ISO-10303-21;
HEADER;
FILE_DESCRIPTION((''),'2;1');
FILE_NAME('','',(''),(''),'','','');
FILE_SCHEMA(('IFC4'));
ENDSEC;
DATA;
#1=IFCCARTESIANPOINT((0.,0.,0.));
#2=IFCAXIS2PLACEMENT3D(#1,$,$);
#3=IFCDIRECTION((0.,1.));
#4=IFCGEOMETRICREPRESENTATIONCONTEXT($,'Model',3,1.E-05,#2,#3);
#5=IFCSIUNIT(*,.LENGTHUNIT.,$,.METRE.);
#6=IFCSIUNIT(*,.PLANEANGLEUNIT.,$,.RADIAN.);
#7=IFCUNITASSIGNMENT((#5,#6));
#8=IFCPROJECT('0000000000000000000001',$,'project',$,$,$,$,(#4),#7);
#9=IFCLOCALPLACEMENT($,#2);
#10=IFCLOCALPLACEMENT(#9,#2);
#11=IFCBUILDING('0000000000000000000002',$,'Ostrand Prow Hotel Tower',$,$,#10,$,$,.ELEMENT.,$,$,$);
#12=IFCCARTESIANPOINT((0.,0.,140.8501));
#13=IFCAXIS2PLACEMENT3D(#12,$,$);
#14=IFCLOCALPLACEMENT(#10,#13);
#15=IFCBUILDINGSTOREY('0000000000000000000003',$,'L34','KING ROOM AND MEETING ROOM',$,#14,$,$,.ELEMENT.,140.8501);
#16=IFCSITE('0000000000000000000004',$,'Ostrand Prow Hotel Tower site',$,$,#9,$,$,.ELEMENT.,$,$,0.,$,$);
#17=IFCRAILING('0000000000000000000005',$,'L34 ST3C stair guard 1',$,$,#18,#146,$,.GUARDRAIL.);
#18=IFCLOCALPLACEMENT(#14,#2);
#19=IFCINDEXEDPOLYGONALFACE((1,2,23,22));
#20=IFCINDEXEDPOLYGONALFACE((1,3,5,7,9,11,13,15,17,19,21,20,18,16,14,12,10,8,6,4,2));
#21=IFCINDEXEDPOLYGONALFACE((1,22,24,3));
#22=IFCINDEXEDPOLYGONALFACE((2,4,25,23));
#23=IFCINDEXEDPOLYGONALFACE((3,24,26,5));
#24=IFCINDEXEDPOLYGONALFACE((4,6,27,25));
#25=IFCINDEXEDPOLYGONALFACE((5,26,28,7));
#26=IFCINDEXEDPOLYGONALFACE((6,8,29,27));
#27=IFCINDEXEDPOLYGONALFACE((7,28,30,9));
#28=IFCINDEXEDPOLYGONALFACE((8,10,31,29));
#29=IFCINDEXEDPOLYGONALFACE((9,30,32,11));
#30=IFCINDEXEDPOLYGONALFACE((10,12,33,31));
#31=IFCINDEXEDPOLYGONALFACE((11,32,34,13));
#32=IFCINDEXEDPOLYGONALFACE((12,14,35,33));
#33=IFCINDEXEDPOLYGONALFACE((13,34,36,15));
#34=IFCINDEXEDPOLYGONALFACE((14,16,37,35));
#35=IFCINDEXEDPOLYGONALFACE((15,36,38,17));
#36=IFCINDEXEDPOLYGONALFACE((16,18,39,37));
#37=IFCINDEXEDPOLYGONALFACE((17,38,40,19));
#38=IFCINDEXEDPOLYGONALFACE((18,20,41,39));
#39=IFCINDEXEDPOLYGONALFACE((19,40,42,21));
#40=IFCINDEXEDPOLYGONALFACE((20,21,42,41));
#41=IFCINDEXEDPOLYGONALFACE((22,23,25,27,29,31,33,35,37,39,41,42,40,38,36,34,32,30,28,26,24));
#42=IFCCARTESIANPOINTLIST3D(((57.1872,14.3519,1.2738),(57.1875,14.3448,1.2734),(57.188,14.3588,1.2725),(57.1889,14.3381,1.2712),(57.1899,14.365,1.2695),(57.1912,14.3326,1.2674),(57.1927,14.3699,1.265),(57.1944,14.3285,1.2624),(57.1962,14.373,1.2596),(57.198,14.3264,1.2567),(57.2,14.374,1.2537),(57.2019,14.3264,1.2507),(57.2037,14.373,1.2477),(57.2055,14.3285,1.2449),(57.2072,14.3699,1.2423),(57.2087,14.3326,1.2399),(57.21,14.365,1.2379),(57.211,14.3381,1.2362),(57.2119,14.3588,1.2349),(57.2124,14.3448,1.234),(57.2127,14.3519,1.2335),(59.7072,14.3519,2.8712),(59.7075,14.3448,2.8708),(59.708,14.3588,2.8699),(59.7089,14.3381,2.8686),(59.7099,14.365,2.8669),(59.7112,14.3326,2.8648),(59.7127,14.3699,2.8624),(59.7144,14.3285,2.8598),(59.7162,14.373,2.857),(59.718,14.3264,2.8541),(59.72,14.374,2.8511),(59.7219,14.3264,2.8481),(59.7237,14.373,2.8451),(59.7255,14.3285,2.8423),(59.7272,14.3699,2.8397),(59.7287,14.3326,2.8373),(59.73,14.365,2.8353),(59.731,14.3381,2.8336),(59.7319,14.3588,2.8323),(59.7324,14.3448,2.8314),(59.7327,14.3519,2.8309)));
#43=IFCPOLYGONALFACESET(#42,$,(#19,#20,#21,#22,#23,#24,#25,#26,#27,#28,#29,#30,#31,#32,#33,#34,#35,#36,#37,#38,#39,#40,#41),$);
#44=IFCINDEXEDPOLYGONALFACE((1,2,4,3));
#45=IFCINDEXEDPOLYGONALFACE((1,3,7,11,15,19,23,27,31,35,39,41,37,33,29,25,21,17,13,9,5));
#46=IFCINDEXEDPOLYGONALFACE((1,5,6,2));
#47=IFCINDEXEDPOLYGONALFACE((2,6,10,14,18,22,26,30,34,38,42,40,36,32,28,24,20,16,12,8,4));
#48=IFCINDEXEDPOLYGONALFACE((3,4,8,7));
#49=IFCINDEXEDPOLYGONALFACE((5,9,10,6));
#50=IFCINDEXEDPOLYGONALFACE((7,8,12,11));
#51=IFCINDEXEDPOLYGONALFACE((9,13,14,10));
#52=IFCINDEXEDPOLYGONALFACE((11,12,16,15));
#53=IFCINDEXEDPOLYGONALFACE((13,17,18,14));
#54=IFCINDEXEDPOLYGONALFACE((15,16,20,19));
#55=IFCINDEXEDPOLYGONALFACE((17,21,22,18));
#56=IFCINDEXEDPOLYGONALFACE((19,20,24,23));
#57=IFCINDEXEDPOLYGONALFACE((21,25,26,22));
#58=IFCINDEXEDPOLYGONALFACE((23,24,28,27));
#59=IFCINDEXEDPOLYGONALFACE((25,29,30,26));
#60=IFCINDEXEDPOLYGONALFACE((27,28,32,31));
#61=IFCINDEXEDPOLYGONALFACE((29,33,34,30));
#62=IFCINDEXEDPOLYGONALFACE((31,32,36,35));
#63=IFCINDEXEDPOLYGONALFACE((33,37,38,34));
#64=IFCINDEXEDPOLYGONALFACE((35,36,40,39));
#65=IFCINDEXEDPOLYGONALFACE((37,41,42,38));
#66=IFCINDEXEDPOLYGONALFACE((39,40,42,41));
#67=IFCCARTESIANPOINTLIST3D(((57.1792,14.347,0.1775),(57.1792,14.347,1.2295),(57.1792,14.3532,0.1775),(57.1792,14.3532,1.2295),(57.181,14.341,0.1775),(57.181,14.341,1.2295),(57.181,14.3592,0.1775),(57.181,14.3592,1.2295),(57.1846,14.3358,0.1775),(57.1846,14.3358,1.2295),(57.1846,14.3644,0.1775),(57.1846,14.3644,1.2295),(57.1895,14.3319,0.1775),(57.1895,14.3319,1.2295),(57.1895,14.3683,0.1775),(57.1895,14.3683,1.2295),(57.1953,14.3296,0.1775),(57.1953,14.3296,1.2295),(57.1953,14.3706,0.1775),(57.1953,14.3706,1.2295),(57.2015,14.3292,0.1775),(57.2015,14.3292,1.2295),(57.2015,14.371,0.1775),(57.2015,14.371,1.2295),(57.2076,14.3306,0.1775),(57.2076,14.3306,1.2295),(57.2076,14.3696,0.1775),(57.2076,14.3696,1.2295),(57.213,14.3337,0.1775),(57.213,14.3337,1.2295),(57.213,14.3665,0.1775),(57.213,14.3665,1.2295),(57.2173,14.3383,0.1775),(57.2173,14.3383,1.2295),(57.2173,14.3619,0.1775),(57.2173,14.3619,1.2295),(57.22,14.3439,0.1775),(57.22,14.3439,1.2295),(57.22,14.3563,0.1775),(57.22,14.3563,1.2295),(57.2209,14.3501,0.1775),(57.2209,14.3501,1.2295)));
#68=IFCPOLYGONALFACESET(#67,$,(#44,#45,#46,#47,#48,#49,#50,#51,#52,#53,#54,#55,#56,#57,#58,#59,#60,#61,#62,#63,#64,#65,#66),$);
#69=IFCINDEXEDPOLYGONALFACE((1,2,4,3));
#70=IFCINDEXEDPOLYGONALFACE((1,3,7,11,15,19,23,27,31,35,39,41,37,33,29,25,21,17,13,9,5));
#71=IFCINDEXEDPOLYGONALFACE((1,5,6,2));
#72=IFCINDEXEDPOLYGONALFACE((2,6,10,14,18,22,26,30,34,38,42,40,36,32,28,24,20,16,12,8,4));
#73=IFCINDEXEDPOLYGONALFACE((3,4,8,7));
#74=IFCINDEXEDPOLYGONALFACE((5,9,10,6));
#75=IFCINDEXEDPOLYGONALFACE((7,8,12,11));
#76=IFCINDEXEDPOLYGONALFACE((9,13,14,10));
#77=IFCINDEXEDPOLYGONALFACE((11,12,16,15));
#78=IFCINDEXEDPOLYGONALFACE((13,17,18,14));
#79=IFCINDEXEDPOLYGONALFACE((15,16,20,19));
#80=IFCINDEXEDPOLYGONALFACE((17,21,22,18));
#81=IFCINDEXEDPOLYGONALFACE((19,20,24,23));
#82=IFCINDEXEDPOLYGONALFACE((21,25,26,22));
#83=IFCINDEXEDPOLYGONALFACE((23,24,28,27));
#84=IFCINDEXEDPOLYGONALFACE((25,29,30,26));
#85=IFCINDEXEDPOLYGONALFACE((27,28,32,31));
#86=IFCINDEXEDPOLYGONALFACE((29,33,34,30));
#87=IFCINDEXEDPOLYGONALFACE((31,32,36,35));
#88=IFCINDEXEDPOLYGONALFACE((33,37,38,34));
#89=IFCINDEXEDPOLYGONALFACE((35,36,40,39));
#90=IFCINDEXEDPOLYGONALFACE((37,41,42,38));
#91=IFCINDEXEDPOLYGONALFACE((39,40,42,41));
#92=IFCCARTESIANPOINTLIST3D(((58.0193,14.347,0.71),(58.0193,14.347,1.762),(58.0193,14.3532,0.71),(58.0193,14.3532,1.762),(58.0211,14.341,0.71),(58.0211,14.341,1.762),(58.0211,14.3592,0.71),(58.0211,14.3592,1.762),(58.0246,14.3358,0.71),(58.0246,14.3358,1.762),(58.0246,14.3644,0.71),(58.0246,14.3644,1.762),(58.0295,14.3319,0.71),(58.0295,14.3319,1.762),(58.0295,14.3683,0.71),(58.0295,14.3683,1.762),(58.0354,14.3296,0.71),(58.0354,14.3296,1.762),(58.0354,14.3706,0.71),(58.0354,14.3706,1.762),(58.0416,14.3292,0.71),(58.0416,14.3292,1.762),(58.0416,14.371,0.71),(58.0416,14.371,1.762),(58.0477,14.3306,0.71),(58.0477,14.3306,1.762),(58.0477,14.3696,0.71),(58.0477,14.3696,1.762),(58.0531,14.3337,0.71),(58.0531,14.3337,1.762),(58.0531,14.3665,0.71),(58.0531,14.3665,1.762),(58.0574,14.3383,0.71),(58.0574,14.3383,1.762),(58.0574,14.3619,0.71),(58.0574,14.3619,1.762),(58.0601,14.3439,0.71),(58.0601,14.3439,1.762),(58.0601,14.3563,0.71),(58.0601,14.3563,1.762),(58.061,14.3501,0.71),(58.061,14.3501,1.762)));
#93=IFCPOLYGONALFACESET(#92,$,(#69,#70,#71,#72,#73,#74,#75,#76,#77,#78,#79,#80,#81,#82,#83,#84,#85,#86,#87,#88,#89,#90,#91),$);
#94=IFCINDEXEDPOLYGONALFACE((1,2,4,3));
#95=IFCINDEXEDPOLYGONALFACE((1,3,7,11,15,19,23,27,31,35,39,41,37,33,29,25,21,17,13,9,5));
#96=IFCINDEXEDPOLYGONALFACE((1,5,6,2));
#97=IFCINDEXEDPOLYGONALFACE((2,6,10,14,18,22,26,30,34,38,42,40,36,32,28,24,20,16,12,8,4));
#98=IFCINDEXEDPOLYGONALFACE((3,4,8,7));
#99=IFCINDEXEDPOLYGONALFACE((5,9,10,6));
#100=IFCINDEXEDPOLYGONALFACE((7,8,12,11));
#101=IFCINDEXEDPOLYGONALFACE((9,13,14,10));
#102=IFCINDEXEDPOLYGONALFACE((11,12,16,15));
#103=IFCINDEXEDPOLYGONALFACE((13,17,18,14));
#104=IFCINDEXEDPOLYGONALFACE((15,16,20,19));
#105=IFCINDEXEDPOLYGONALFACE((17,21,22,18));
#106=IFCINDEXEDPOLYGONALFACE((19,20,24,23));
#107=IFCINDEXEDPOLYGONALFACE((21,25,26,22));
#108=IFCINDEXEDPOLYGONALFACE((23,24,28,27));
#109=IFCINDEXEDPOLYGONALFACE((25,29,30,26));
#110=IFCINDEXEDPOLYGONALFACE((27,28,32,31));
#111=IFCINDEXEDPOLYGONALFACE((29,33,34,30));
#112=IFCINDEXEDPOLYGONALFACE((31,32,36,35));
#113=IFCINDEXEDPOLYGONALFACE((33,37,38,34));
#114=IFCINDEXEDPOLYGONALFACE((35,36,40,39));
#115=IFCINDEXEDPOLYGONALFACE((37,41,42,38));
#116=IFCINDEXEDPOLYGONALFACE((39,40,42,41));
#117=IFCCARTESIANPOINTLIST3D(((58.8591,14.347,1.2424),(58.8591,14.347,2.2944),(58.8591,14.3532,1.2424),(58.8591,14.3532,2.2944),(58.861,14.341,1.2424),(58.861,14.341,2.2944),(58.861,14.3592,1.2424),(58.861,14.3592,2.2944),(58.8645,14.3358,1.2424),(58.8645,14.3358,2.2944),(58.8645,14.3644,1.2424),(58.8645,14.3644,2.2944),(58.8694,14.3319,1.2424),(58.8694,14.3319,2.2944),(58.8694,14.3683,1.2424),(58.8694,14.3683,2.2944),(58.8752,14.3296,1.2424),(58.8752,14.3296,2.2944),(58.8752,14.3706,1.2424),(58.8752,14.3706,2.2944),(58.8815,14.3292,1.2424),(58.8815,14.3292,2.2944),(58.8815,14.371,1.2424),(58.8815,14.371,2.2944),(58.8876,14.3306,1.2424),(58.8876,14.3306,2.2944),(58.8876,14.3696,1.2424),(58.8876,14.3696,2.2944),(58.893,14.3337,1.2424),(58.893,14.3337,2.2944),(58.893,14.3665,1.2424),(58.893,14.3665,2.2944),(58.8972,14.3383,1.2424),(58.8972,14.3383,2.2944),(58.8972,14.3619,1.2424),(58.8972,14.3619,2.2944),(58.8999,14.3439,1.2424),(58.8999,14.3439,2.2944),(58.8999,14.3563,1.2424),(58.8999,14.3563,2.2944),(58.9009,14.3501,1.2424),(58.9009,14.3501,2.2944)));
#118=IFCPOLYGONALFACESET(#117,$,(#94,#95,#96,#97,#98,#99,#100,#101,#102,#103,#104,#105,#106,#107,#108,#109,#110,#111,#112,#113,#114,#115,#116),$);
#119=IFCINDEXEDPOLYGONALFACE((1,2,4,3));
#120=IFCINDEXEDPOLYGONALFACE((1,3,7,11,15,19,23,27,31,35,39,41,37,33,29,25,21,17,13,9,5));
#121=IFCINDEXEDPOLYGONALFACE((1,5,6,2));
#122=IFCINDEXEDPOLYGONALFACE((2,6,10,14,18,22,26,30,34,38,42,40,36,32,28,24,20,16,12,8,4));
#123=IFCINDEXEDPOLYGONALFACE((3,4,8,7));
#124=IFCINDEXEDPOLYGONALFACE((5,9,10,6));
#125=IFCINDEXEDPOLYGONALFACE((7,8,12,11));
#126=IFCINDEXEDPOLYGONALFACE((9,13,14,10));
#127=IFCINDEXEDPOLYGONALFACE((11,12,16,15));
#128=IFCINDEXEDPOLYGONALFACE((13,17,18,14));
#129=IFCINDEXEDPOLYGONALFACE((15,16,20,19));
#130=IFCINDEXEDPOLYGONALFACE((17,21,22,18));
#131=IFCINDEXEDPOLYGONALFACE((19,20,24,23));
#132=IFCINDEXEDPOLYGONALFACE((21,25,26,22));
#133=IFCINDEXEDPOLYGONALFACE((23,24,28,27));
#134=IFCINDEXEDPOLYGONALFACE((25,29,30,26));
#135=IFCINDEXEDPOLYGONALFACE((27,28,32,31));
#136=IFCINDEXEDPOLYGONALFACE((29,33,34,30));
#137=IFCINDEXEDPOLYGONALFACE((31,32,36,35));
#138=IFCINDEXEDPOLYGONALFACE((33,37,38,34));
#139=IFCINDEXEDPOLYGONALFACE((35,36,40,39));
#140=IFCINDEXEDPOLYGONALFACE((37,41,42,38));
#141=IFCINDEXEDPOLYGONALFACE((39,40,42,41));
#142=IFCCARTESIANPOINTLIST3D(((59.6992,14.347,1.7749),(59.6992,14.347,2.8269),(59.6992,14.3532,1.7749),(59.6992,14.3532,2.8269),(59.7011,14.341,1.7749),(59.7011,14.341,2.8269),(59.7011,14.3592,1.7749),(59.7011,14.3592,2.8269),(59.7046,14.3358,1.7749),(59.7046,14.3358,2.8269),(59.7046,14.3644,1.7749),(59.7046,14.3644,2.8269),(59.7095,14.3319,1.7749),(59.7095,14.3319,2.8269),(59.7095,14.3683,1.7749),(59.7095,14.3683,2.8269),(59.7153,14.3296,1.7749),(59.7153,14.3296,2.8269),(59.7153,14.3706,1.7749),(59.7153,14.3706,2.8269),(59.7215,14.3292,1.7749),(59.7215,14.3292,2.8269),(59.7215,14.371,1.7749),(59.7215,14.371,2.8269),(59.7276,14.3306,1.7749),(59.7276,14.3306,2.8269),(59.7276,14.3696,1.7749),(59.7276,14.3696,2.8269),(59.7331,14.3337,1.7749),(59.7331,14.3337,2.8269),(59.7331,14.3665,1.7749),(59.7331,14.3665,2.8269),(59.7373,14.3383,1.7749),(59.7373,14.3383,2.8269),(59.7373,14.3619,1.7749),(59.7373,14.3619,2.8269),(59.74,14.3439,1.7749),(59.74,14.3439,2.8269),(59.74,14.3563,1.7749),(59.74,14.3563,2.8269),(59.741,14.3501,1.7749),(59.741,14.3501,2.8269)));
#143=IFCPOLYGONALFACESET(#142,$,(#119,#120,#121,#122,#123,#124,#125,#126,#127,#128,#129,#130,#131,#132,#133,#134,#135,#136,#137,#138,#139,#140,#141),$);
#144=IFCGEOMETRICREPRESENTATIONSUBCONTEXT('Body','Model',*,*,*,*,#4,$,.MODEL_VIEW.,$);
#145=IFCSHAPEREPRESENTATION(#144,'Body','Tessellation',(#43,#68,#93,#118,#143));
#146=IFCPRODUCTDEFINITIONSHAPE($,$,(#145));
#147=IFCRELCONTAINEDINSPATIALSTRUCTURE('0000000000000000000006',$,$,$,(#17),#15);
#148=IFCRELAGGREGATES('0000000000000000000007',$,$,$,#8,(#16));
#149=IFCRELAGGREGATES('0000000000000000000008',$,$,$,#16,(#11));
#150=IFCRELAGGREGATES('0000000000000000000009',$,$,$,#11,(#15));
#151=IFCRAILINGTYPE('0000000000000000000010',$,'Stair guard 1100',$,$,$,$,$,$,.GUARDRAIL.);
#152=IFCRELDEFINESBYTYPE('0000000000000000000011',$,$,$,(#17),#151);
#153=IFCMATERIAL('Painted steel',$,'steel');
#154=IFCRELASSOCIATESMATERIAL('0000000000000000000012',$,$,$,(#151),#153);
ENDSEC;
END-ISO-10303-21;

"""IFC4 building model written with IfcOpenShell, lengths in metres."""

from ifc_helpers import new_model, si_unit, direction, frame, origin, origin_2d, place, context, subcontext, project, spatial, circle, extrude, material, type_object, element, save


model = new_model("IFC4")

# Units and contexts
model_context = context("Model", 3, precision=1e-05, world=origin(), true_north=direction((0.0, 1.0)))
body_context = subcontext(model_context, "Body", "Model", "MODEL_VIEW")
ifc_project = project(units=[si_unit("LENGTHUNIT", "METRE"), si_unit("PLANEANGLEUNIT", "RADIAN")], contexts=[model_context])

# Site, building, storey
site_placement = place(None, origin())
site = spatial("IfcSite", under=ifc_project, at=site_placement, Name="Ostrand Prow Hotel Tower site", CompositionType="ELEMENT", RefElevation=0.0)
building_placement = place(site_placement, origin())
building = spatial("IfcBuilding", under=site, at=building_placement, Name="Ostrand Prow Hotel Tower", CompositionType="ELEMENT")
storey_placement = place(building_placement, frame((0.0, 0.0, 140.8501)))
storey = spatial("IfcBuildingStorey", under=building, at=storey_placement, Name="L34", Description="KING ROOM AND MEETING ROOM", CompositionType="ELEMENT", Elevation=140.8501)

# Railing
ifc_material_1 = material(Name="Painted steel", Category="steel")
railing_type_1 = type_object("IfcRailingType", Name="Stair guard 1100", PredefinedType="GUARDRAIL", material=ifc_material_1)
railing_1_placement = place(storey_placement, frame((57.2, 14.3501, 0.1775)))
element("IfcRailing", 1, at=railing_1_placement, inside=storey, type_object=railing_type_1, Name="L34 ST3C stair guard 1", PredefinedType="GUARDRAIL", context=body_context, shape_type="SweptSolid", body=[
    extrude(circle(Radius=0.0239, at=origin_2d()), frame((0.0, 0.0, 1.0762), z_axis=(0.844607, 0.0, 0.535387), x_axis=(0.0, 1.0, 0.0)), (0.0, 0.0, 1.0), 2.9836),
    extrude(circle(Radius=0.021, at=origin_2d()), origin(), (0.0, 0.0, 1.0), 1.052),
    extrude(circle(Radius=0.021, at=origin_2d()), frame((0.8401, 0.0, 0.5325)), (0.0, 0.0, 1.0), 1.052),
    extrude(circle(Radius=0.021, at=origin_2d()), frame((1.6799, 0.0, 1.0649)), (0.0, 0.0, 1.0), 1.052),
    extrude(circle(Radius=0.021, at=origin_2d()), frame((2.52, 0.0, 1.5974)), (0.0, 0.0, 1.0), 1.052),
])

save(model, "model.ifc")
